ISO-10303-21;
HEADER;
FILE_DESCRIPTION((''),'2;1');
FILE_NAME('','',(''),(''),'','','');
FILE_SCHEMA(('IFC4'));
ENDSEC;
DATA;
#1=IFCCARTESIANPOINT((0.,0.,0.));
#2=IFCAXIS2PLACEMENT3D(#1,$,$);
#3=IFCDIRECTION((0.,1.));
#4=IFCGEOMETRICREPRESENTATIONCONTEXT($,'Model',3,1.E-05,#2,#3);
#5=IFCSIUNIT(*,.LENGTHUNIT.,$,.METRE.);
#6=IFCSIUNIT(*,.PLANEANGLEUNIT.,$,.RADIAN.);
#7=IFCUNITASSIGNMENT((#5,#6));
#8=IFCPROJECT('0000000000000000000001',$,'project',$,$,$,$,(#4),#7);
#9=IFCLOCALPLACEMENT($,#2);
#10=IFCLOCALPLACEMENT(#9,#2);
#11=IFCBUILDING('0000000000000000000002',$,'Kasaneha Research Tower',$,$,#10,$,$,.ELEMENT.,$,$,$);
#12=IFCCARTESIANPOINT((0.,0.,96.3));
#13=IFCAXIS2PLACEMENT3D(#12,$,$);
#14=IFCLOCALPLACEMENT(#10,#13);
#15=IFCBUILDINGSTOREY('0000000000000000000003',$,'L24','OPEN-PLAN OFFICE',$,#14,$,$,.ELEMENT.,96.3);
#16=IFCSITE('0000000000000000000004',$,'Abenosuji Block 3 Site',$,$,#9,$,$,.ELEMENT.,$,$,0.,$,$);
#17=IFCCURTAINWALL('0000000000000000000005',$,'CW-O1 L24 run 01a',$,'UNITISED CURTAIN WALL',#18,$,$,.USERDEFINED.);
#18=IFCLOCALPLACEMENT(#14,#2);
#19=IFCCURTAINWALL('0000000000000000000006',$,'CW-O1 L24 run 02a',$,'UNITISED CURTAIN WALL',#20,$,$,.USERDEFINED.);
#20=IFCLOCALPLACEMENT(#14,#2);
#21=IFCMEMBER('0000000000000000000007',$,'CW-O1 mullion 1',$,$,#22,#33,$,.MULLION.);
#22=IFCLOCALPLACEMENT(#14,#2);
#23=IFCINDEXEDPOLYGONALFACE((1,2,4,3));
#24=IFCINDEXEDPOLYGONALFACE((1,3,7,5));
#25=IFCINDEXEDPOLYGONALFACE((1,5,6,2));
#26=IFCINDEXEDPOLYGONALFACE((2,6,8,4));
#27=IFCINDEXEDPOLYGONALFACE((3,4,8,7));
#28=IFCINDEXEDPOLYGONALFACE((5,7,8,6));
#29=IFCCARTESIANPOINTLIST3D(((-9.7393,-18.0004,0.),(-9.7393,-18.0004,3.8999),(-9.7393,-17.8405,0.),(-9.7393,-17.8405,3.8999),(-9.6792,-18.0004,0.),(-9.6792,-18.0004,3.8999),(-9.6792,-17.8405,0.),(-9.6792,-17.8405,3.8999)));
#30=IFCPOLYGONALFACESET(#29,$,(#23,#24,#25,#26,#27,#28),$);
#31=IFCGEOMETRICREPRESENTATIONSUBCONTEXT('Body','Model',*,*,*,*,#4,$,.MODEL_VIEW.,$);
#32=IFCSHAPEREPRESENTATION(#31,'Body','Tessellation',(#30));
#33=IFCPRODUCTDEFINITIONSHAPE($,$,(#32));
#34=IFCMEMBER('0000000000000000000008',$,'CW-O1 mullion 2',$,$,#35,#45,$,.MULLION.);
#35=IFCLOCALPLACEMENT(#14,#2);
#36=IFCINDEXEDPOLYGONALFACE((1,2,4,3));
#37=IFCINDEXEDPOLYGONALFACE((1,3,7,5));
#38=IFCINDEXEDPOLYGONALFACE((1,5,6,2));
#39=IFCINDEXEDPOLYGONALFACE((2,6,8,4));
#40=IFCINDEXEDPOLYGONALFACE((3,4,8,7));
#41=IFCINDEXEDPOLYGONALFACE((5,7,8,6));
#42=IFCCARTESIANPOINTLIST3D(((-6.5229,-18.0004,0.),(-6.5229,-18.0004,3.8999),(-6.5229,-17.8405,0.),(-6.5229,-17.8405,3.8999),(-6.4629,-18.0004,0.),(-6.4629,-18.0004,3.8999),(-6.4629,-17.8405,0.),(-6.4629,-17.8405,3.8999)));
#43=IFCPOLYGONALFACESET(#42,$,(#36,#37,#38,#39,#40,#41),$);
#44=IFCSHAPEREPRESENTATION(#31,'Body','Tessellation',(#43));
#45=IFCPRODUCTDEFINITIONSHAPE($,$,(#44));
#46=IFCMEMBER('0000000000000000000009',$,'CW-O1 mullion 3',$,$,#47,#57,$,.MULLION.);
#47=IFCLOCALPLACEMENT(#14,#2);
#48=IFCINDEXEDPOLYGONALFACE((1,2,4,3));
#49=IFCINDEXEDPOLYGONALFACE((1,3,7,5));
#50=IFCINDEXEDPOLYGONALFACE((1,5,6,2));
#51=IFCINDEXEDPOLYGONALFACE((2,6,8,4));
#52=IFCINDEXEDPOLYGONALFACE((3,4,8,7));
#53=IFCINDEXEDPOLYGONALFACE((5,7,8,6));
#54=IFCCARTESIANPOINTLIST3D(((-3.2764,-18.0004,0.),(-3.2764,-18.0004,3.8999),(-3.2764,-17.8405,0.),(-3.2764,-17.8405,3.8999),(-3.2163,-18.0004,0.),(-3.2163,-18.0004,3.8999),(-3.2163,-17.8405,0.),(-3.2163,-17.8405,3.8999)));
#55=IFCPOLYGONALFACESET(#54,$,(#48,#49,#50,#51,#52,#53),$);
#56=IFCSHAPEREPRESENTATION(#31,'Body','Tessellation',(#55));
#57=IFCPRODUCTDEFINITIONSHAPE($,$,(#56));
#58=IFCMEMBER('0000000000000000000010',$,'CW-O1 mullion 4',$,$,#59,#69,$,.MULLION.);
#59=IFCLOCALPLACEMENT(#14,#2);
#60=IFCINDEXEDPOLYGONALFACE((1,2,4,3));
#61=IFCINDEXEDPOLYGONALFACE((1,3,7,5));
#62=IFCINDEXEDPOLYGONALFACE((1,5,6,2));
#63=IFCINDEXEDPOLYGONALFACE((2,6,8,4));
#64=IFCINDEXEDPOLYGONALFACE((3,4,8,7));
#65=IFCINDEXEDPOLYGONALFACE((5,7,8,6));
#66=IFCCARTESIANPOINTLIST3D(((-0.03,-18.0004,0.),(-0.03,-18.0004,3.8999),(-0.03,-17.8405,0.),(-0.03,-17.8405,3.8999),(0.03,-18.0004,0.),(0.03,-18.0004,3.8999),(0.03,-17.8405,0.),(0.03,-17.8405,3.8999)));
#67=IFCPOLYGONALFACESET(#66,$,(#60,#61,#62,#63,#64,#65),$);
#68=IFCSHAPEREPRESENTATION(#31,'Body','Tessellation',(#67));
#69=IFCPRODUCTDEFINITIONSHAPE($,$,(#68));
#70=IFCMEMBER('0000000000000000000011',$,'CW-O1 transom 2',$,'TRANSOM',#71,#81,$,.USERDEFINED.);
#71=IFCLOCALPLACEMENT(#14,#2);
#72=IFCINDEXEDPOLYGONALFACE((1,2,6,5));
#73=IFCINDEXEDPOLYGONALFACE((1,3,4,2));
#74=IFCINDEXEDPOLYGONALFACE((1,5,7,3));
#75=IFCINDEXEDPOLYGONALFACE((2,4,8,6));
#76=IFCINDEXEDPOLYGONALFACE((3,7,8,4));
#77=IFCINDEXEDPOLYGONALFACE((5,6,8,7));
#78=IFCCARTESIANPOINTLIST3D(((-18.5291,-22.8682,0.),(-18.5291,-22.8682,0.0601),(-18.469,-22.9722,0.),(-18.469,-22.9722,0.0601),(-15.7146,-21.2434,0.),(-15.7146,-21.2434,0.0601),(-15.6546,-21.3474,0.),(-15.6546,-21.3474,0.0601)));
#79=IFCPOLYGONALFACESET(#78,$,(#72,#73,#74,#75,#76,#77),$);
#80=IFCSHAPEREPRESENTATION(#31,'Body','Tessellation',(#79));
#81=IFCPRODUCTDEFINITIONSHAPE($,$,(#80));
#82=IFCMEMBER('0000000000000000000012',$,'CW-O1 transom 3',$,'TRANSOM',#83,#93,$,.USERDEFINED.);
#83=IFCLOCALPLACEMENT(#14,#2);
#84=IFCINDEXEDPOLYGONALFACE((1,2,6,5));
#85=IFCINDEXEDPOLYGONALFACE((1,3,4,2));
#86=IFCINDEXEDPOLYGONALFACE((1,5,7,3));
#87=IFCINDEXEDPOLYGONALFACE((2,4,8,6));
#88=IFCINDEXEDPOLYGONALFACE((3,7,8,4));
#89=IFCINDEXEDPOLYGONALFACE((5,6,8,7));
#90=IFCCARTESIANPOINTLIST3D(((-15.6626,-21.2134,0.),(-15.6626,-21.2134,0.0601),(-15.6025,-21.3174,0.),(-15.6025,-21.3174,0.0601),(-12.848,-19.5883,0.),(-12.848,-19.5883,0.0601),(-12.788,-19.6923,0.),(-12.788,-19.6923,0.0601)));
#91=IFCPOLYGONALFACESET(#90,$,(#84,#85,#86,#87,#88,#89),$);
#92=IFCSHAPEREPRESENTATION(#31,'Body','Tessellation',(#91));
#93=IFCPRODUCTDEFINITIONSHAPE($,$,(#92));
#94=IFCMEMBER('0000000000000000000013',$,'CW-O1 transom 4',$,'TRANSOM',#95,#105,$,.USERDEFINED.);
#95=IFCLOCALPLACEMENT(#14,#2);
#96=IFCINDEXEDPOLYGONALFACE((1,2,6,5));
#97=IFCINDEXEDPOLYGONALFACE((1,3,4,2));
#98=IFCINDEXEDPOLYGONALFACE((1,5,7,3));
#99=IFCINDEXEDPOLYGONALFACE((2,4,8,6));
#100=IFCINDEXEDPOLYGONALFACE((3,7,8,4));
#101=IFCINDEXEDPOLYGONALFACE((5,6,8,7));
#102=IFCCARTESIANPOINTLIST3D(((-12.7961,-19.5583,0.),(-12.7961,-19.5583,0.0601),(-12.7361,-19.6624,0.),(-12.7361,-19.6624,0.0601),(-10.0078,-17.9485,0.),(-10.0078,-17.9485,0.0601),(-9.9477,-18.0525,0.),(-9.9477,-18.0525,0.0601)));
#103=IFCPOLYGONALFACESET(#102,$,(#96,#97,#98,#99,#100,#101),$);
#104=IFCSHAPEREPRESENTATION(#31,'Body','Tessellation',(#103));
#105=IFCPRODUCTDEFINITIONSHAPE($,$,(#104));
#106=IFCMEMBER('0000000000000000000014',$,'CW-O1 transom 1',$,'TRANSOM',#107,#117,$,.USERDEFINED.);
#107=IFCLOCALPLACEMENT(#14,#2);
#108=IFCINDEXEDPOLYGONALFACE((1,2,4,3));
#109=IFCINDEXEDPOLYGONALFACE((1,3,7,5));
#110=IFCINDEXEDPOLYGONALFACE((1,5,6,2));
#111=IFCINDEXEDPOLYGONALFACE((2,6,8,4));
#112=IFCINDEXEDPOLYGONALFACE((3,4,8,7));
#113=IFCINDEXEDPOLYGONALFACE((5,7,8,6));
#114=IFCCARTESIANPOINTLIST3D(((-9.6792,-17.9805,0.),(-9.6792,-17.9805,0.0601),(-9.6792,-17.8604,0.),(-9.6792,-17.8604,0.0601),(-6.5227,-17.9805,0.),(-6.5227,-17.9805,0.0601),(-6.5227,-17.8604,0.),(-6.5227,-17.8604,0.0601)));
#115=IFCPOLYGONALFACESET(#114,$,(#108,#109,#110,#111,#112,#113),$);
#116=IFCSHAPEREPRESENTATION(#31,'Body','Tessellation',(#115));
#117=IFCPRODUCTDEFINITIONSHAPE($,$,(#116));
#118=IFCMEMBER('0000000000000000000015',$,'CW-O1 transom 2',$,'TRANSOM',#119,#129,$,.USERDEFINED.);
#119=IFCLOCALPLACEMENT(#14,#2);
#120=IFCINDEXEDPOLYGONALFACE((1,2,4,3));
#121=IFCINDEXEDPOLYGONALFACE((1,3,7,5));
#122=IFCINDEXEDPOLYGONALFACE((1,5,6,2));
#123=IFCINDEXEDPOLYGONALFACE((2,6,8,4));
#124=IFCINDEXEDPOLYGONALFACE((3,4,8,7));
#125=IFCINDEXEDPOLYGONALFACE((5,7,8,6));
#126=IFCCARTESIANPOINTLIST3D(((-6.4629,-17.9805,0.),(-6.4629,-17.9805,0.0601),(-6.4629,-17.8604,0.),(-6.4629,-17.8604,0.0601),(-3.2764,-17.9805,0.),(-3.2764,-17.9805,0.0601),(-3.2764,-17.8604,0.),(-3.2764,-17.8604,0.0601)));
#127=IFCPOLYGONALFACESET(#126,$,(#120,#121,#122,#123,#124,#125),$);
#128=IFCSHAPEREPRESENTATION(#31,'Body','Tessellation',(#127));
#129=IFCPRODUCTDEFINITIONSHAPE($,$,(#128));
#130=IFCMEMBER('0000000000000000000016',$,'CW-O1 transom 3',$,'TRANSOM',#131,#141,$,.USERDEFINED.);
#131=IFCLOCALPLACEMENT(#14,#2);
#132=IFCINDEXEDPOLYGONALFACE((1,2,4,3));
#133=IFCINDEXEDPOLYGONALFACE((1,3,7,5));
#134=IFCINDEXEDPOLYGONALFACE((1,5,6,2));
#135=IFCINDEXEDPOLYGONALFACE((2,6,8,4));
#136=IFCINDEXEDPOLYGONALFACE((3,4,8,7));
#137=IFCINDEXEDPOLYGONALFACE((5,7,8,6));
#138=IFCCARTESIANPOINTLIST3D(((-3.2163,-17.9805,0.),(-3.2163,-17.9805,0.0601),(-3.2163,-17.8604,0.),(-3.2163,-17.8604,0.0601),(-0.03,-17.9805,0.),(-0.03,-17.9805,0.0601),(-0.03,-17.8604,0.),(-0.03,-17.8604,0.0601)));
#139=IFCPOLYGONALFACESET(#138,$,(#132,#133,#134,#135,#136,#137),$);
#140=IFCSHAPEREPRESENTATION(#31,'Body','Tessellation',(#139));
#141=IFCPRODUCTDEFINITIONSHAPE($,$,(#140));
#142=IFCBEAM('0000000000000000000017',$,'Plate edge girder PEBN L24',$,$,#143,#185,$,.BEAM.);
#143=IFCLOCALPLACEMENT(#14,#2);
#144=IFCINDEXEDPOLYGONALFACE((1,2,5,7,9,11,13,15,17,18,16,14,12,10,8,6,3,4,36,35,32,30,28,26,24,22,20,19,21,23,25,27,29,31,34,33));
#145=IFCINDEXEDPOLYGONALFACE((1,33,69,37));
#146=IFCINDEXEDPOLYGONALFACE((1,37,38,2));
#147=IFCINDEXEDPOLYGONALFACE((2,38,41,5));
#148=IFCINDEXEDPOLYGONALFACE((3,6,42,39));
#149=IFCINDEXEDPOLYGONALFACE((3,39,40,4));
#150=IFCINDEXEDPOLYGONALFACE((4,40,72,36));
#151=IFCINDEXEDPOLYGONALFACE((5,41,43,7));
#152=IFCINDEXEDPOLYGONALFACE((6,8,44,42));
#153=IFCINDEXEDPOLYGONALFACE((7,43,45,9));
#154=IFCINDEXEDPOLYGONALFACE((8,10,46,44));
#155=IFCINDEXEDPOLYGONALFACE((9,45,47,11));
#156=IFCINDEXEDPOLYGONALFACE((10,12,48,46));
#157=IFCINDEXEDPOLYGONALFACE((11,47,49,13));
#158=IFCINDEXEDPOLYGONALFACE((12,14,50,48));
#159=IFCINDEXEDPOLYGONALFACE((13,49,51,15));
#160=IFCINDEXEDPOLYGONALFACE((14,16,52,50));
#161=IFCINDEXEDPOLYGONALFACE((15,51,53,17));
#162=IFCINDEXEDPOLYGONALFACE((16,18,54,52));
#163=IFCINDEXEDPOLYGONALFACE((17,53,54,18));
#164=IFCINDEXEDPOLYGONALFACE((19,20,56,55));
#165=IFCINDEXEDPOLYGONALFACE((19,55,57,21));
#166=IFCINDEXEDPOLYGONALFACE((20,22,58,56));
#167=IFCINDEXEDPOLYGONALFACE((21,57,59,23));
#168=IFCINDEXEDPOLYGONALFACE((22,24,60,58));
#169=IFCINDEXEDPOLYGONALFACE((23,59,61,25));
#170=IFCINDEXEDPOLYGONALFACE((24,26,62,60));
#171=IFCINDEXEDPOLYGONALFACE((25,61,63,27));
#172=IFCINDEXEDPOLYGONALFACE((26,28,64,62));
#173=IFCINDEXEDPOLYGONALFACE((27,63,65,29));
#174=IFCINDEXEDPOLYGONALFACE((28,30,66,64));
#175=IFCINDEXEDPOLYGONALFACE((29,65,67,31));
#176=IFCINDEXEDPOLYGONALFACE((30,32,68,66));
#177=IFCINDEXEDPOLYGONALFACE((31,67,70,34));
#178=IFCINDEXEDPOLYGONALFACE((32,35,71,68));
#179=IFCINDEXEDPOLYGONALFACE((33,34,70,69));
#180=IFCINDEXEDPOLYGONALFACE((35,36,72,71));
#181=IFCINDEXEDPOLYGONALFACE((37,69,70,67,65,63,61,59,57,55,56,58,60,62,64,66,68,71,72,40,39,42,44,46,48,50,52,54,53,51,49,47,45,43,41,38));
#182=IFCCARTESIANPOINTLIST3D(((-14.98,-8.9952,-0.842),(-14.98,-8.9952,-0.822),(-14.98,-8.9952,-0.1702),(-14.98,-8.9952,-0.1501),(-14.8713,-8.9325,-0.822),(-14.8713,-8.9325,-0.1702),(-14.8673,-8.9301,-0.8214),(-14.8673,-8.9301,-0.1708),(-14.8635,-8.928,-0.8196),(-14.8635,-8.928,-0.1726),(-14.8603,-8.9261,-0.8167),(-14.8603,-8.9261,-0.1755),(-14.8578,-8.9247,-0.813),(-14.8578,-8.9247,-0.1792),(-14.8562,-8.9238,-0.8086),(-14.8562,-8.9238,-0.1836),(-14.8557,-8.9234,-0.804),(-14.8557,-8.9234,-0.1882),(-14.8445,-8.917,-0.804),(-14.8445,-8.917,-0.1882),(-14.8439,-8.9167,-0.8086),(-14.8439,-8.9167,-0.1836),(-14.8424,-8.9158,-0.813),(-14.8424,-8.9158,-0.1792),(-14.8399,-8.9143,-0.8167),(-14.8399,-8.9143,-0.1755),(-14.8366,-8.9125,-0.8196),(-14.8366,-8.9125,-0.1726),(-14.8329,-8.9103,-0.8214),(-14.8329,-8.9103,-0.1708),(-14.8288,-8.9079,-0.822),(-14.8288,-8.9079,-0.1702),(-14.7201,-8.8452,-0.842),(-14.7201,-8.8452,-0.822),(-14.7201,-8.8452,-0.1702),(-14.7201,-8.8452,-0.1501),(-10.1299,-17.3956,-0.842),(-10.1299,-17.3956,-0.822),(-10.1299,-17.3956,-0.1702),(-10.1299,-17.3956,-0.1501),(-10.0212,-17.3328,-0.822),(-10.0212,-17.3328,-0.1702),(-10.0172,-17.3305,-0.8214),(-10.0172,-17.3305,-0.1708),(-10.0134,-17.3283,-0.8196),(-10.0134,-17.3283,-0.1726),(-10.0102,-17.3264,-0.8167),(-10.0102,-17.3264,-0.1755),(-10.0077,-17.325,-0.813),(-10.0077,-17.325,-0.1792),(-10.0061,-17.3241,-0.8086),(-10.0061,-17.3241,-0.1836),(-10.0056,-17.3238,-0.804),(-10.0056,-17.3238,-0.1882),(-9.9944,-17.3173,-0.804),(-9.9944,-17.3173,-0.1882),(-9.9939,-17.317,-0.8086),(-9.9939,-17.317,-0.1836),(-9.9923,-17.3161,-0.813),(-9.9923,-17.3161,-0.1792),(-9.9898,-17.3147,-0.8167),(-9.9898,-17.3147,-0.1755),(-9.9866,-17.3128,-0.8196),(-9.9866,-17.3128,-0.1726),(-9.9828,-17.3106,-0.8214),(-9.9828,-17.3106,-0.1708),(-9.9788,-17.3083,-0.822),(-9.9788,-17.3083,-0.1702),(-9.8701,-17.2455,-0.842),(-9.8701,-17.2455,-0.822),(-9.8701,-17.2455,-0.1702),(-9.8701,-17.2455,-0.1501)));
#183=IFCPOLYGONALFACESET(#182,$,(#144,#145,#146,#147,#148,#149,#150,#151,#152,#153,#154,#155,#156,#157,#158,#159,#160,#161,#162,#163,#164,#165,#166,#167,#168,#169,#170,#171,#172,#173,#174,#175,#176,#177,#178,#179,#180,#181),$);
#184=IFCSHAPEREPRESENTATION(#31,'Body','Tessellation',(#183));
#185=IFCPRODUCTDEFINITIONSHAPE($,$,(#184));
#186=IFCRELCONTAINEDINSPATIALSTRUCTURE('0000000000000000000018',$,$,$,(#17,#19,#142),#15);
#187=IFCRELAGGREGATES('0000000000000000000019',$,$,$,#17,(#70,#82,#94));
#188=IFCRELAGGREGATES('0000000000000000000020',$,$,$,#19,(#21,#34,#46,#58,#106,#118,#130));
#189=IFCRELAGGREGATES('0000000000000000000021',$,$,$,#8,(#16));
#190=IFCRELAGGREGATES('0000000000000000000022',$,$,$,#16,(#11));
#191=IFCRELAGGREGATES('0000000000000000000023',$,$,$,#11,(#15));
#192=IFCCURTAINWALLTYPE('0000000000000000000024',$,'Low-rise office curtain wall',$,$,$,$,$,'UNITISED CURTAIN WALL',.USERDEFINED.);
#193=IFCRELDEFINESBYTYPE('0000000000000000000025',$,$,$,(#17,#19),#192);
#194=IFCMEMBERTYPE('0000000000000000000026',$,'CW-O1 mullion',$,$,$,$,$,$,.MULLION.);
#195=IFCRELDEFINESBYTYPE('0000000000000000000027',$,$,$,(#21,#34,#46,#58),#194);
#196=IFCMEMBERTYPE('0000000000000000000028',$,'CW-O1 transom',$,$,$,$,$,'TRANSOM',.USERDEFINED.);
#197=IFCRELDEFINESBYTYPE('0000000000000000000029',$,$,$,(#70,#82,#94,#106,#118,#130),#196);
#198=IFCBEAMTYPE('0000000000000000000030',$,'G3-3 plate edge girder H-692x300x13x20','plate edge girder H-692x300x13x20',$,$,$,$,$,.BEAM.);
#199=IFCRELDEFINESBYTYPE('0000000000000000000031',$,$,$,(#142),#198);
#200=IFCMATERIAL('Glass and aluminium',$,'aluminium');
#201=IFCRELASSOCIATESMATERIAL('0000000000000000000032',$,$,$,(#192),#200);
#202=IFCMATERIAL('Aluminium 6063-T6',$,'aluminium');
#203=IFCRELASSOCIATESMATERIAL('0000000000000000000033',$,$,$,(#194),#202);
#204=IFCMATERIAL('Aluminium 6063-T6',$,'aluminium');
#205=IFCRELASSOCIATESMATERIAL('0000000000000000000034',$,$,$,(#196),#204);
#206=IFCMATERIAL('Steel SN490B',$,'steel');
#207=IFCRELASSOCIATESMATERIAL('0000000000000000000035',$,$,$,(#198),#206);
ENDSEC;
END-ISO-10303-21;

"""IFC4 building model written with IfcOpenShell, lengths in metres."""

from ifc_helpers import new_model, si_unit, direction, frame, origin, origin_2d, place, context, subcontext, project, spatial, rectangle, i_section, extrude, material, material_profile, profile_set, type_object, element, aggregate, save


model = new_model("IFC4")

# Units and contexts
model_context = context("Model", 3, precision=1e-05, world=origin(), true_north=direction((0.0, 1.0)))
body_context = subcontext(model_context, "Body", "Model", "MODEL_VIEW")
ifc_project = project(units=[si_unit("LENGTHUNIT", "METRE"), si_unit("PLANEANGLEUNIT", "RADIAN")], contexts=[model_context])

# Site, building, storey
site_placement = place(None, origin())
site = spatial("IfcSite", under=ifc_project, at=site_placement, Name="Abenosuji Block 3 Site", CompositionType="ELEMENT", RefElevation=0.0)
building_placement = place(site_placement, origin())
building = spatial("IfcBuilding", under=site, at=building_placement, Name="Kasaneha Research Tower", CompositionType="ELEMENT")
storey_placement = place(building_placement, frame((0.0, 0.0, 96.3)))
storey = spatial("IfcBuildingStorey", under=building, at=storey_placement, Name="L24", Description="OPEN-PLAN OFFICE", CompositionType="ELEMENT", Elevation=96.3)

# Curtain walls, members
ifc_material_1 = material(Name="Glass and aluminium", Category="aluminium")
curtain_wall_type = type_object("IfcCurtainWallType", Name="Low-rise office curtain wall", ElementType="UNITISED CURTAIN WALL", PredefinedType="USERDEFINED", material=ifc_material_1)
curtain_wall_1_placement = place(storey_placement, origin())
curtain_wall_1 = element("IfcCurtainWall", 1, at=curtain_wall_1_placement, inside=storey, type_object=curtain_wall_type, Name="CW-O1 L24 run 01a", ObjectType="UNITISED CURTAIN WALL", PredefinedType="USERDEFINED")
ifc_material_2 = material(Name="Aluminium 6063-T6", Category="aluminium")
ifc_material_profile_1 = material_profile(ifc_material_2, rectangle(XDim=0.0601, YDim=0.1599, at=origin_2d()), Name="CW-O1 mullion 60x160")
ifc_profile_set_1 = profile_set([ifc_material_profile_1], Name="Aluminium 6063-T6")
member_type_1 = type_object("IfcMemberType", Name="CW-O1 mullion", PredefinedType="MULLION", material=ifc_profile_set_1)
curtain_wall_2_placement = place(storey_placement, origin())
curtain_wall_2 = element("IfcCurtainWall", 2, at=curtain_wall_2_placement, inside=storey, type_object=curtain_wall_type, Name="CW-O1 L24 run 02a", ObjectType="UNITISED CURTAIN WALL", PredefinedType="USERDEFINED")
member_1_placement = place(storey_placement, frame((-9.7092, -17.9204, 0.0), z_axis=(0.0, 0.0, 1.0), x_axis=(1.0, 0.0, 0.0)))
member_1 = element("IfcMember", 3, at=member_1_placement, type_object=member_type_1, Name="CW-O1 mullion 1", PredefinedType="MULLION", context=body_context, shape_type="SweptSolid", body=[
    extrude(rectangle(XDim=0.0601, YDim=0.1599, at=origin_2d()), origin(), (0.0, 0.0, 1.0), 3.8999),
])
member_2_placement = place(storey_placement, frame((-6.4929, -17.9204, 0.0), z_axis=(0.0, 0.0, 1.0), x_axis=(1.0, 0.0, 0.0)))
member_2 = element("IfcMember", 4, at=member_2_placement, type_object=member_type_1, Name="CW-O1 mullion 2", PredefinedType="MULLION", context=body_context, shape_type="SweptSolid", body=[
    extrude(rectangle(XDim=0.0601, YDim=0.1599, at=origin_2d()), origin(), (0.0, 0.0, 1.0), 3.8999),
])
member_3_placement = place(storey_placement, frame((-3.2463, -17.9204, 0.0), z_axis=(0.0, 0.0, 1.0), x_axis=(1.0, 0.0, 0.0)))
member_3 = element("IfcMember", 5, at=member_3_placement, type_object=member_type_1, Name="CW-O1 mullion 3", PredefinedType="MULLION", context=body_context, shape_type="SweptSolid", body=[
    extrude(rectangle(XDim=0.0601, YDim=0.1599, at=origin_2d()), origin(), (0.0, 0.0, 1.0), 3.8999),
])
member_4_placement = place(storey_placement, frame((0.0, -17.9204, 0.0), z_axis=(0.0, 0.0, 1.0), x_axis=(1.0, 0.0, 0.0)))
member_4 = element("IfcMember", 6, at=member_4_placement, type_object=member_type_1, Name="CW-O1 mullion 4", PredefinedType="MULLION", context=body_context, shape_type="SweptSolid", body=[
    extrude(rectangle(XDim=0.0601, YDim=0.1599, at=origin_2d()), origin(), (0.0, 0.0, 1.0), 3.8999),
])

# Members
ifc_material_3 = material(Name="Aluminium 6063-T6", Category="aluminium")
ifc_material_profile_2 = material_profile(ifc_material_3, rectangle(XDim=0.1201, YDim=0.0601, at=origin_2d()), Name="CW-O1 transom 120x60")
ifc_profile_set_2 = profile_set([ifc_material_profile_2], Name="Aluminium 6063-T6")
member_type_2 = type_object("IfcMemberType", Name="CW-O1 transom", ElementType="TRANSOM", PredefinedType="USERDEFINED", material=ifc_profile_set_2)
member_5_placement = place(storey_placement, frame((-18.499, -22.9202, 0.03), z_axis=(0.866048, 0.499961, 0.0), x_axis=(-0.499961, 0.866048, 0.0)))
member_5 = element("IfcMember", 7, at=member_5_placement, type_object=member_type_2, Name="CW-O1 transom 2", ObjectType="TRANSOM", PredefinedType="USERDEFINED", context=body_context, shape_type="SweptSolid", body=[
    extrude(rectangle(XDim=0.1201, YDim=0.0601, at=origin_2d()), origin(), (0.0, 0.0, 1.0), 3.2498),
])
member_6_placement = place(storey_placement, frame((-15.6326, -21.2654, 0.03), z_axis=(0.866015, 0.500017, 0.0), x_axis=(-0.500017, 0.866015, 0.0)))
member_6 = element("IfcMember", 8, at=member_6_placement, type_object=member_type_2, Name="CW-O1 transom 3", ObjectType="TRANSOM", PredefinedType="USERDEFINED", context=body_context, shape_type="SweptSolid", body=[
    extrude(rectangle(XDim=0.1201, YDim=0.0601, at=origin_2d()), origin(), (0.0, 0.0, 1.0), 3.25),
])
member_7_placement = place(storey_placement, frame((-12.7661, -19.6104, 0.03), z_axis=(0.866023, 0.500005, 0.0), x_axis=(-0.500005, 0.866023, 0.0)))
member_7 = element("IfcMember", 9, at=member_7_placement, type_object=member_type_2, Name="CW-O1 transom 4", ObjectType="TRANSOM", PredefinedType="USERDEFINED", context=body_context, shape_type="SweptSolid", body=[
    extrude(rectangle(XDim=0.1201, YDim=0.0601, at=origin_2d()), origin(), (0.0, 0.0, 1.0), 3.2197),
])
member_8_placement = place(storey_placement, frame((-9.6792, -17.9204, 0.03), z_axis=(1.0, 0.0, 0.0), x_axis=(0.0, 1.0, 0.0)))
member_8 = element("IfcMember", 10, at=member_8_placement, type_object=member_type_2, Name="CW-O1 transom 1", ObjectType="TRANSOM", PredefinedType="USERDEFINED", context=body_context, shape_type="SweptSolid", body=[
    extrude(rectangle(XDim=0.1201, YDim=0.0601, at=origin_2d()), origin(), (0.0, 0.0, 1.0), 3.1565),
])
member_9_placement = place(storey_placement, frame((-6.4629, -17.9204, 0.03), z_axis=(1.0, 0.0, 0.0), x_axis=(0.0, 1.0, 0.0)))
member_9 = element("IfcMember", 11, at=member_9_placement, type_object=member_type_2, Name="CW-O1 transom 2", ObjectType="TRANSOM", PredefinedType="USERDEFINED", context=body_context, shape_type="SweptSolid", body=[
    extrude(rectangle(XDim=0.1201, YDim=0.0601, at=origin_2d()), origin(), (0.0, 0.0, 1.0), 3.1865),
])
member_10_placement = place(storey_placement, frame((-3.2163, -17.9204, 0.03), z_axis=(1.0, 0.0, 0.0), x_axis=(0.0, 1.0, 0.0)))
member_10 = element("IfcMember", 12, at=member_10_placement, type_object=member_type_2, Name="CW-O1 transom 3", ObjectType="TRANSOM", PredefinedType="USERDEFINED", context=body_context, shape_type="SweptSolid", body=[
    extrude(rectangle(XDim=0.1201, YDim=0.0601, at=origin_2d()), origin(), (0.0, 0.0, 1.0), 3.1863),
])

# Beam
ifc_material_4 = material(Name="Steel SN490B", Category="steel")
ifc_material_profile_3 = material_profile(ifc_material_4, i_section(OverallWidth=0.3, OverallDepth=0.6919, WebThickness=0.0129, FlangeThickness=0.02, FilletRadius=0.0181, at=origin_2d()), Name="H-692x300x13x20")
ifc_profile_set_3 = profile_set([ifc_material_profile_3], Name="Steel SN490B")
beam_type_1 = type_object("IfcBeamType", Name="G3-3 plate edge girder H-692x300x13x20", Description="plate edge girder H-692x300x13x20", PredefinedType="BEAM", material=ifc_profile_set_3)
beam_1_placement = place(storey_placement, frame((-10.0, -17.3206, -0.4961), z_axis=(-0.50001, 0.86602, 0.0), x_axis=(-0.86602, -0.50001, 0.0)))
element("IfcBeam", 13, at=beam_1_placement, inside=storey, type_object=beam_type_1, Name="Plate edge girder PEBN L24", PredefinedType="BEAM", context=body_context, shape_type="SweptSolid", body=[
    extrude(i_section(OverallWidth=0.3, OverallDepth=0.6919, WebThickness=0.0129, FlangeThickness=0.02, FilletRadius=0.0181, at=origin_2d()), origin(), (0.0, 0.0, 1.0), 9.7),
])

aggregate(curtain_wall_1, [member_5, member_6, member_7])
aggregate(curtain_wall_2, [member_1, member_2, member_3, member_4, member_8, member_9, member_10])

save(model, "model.ifc")
